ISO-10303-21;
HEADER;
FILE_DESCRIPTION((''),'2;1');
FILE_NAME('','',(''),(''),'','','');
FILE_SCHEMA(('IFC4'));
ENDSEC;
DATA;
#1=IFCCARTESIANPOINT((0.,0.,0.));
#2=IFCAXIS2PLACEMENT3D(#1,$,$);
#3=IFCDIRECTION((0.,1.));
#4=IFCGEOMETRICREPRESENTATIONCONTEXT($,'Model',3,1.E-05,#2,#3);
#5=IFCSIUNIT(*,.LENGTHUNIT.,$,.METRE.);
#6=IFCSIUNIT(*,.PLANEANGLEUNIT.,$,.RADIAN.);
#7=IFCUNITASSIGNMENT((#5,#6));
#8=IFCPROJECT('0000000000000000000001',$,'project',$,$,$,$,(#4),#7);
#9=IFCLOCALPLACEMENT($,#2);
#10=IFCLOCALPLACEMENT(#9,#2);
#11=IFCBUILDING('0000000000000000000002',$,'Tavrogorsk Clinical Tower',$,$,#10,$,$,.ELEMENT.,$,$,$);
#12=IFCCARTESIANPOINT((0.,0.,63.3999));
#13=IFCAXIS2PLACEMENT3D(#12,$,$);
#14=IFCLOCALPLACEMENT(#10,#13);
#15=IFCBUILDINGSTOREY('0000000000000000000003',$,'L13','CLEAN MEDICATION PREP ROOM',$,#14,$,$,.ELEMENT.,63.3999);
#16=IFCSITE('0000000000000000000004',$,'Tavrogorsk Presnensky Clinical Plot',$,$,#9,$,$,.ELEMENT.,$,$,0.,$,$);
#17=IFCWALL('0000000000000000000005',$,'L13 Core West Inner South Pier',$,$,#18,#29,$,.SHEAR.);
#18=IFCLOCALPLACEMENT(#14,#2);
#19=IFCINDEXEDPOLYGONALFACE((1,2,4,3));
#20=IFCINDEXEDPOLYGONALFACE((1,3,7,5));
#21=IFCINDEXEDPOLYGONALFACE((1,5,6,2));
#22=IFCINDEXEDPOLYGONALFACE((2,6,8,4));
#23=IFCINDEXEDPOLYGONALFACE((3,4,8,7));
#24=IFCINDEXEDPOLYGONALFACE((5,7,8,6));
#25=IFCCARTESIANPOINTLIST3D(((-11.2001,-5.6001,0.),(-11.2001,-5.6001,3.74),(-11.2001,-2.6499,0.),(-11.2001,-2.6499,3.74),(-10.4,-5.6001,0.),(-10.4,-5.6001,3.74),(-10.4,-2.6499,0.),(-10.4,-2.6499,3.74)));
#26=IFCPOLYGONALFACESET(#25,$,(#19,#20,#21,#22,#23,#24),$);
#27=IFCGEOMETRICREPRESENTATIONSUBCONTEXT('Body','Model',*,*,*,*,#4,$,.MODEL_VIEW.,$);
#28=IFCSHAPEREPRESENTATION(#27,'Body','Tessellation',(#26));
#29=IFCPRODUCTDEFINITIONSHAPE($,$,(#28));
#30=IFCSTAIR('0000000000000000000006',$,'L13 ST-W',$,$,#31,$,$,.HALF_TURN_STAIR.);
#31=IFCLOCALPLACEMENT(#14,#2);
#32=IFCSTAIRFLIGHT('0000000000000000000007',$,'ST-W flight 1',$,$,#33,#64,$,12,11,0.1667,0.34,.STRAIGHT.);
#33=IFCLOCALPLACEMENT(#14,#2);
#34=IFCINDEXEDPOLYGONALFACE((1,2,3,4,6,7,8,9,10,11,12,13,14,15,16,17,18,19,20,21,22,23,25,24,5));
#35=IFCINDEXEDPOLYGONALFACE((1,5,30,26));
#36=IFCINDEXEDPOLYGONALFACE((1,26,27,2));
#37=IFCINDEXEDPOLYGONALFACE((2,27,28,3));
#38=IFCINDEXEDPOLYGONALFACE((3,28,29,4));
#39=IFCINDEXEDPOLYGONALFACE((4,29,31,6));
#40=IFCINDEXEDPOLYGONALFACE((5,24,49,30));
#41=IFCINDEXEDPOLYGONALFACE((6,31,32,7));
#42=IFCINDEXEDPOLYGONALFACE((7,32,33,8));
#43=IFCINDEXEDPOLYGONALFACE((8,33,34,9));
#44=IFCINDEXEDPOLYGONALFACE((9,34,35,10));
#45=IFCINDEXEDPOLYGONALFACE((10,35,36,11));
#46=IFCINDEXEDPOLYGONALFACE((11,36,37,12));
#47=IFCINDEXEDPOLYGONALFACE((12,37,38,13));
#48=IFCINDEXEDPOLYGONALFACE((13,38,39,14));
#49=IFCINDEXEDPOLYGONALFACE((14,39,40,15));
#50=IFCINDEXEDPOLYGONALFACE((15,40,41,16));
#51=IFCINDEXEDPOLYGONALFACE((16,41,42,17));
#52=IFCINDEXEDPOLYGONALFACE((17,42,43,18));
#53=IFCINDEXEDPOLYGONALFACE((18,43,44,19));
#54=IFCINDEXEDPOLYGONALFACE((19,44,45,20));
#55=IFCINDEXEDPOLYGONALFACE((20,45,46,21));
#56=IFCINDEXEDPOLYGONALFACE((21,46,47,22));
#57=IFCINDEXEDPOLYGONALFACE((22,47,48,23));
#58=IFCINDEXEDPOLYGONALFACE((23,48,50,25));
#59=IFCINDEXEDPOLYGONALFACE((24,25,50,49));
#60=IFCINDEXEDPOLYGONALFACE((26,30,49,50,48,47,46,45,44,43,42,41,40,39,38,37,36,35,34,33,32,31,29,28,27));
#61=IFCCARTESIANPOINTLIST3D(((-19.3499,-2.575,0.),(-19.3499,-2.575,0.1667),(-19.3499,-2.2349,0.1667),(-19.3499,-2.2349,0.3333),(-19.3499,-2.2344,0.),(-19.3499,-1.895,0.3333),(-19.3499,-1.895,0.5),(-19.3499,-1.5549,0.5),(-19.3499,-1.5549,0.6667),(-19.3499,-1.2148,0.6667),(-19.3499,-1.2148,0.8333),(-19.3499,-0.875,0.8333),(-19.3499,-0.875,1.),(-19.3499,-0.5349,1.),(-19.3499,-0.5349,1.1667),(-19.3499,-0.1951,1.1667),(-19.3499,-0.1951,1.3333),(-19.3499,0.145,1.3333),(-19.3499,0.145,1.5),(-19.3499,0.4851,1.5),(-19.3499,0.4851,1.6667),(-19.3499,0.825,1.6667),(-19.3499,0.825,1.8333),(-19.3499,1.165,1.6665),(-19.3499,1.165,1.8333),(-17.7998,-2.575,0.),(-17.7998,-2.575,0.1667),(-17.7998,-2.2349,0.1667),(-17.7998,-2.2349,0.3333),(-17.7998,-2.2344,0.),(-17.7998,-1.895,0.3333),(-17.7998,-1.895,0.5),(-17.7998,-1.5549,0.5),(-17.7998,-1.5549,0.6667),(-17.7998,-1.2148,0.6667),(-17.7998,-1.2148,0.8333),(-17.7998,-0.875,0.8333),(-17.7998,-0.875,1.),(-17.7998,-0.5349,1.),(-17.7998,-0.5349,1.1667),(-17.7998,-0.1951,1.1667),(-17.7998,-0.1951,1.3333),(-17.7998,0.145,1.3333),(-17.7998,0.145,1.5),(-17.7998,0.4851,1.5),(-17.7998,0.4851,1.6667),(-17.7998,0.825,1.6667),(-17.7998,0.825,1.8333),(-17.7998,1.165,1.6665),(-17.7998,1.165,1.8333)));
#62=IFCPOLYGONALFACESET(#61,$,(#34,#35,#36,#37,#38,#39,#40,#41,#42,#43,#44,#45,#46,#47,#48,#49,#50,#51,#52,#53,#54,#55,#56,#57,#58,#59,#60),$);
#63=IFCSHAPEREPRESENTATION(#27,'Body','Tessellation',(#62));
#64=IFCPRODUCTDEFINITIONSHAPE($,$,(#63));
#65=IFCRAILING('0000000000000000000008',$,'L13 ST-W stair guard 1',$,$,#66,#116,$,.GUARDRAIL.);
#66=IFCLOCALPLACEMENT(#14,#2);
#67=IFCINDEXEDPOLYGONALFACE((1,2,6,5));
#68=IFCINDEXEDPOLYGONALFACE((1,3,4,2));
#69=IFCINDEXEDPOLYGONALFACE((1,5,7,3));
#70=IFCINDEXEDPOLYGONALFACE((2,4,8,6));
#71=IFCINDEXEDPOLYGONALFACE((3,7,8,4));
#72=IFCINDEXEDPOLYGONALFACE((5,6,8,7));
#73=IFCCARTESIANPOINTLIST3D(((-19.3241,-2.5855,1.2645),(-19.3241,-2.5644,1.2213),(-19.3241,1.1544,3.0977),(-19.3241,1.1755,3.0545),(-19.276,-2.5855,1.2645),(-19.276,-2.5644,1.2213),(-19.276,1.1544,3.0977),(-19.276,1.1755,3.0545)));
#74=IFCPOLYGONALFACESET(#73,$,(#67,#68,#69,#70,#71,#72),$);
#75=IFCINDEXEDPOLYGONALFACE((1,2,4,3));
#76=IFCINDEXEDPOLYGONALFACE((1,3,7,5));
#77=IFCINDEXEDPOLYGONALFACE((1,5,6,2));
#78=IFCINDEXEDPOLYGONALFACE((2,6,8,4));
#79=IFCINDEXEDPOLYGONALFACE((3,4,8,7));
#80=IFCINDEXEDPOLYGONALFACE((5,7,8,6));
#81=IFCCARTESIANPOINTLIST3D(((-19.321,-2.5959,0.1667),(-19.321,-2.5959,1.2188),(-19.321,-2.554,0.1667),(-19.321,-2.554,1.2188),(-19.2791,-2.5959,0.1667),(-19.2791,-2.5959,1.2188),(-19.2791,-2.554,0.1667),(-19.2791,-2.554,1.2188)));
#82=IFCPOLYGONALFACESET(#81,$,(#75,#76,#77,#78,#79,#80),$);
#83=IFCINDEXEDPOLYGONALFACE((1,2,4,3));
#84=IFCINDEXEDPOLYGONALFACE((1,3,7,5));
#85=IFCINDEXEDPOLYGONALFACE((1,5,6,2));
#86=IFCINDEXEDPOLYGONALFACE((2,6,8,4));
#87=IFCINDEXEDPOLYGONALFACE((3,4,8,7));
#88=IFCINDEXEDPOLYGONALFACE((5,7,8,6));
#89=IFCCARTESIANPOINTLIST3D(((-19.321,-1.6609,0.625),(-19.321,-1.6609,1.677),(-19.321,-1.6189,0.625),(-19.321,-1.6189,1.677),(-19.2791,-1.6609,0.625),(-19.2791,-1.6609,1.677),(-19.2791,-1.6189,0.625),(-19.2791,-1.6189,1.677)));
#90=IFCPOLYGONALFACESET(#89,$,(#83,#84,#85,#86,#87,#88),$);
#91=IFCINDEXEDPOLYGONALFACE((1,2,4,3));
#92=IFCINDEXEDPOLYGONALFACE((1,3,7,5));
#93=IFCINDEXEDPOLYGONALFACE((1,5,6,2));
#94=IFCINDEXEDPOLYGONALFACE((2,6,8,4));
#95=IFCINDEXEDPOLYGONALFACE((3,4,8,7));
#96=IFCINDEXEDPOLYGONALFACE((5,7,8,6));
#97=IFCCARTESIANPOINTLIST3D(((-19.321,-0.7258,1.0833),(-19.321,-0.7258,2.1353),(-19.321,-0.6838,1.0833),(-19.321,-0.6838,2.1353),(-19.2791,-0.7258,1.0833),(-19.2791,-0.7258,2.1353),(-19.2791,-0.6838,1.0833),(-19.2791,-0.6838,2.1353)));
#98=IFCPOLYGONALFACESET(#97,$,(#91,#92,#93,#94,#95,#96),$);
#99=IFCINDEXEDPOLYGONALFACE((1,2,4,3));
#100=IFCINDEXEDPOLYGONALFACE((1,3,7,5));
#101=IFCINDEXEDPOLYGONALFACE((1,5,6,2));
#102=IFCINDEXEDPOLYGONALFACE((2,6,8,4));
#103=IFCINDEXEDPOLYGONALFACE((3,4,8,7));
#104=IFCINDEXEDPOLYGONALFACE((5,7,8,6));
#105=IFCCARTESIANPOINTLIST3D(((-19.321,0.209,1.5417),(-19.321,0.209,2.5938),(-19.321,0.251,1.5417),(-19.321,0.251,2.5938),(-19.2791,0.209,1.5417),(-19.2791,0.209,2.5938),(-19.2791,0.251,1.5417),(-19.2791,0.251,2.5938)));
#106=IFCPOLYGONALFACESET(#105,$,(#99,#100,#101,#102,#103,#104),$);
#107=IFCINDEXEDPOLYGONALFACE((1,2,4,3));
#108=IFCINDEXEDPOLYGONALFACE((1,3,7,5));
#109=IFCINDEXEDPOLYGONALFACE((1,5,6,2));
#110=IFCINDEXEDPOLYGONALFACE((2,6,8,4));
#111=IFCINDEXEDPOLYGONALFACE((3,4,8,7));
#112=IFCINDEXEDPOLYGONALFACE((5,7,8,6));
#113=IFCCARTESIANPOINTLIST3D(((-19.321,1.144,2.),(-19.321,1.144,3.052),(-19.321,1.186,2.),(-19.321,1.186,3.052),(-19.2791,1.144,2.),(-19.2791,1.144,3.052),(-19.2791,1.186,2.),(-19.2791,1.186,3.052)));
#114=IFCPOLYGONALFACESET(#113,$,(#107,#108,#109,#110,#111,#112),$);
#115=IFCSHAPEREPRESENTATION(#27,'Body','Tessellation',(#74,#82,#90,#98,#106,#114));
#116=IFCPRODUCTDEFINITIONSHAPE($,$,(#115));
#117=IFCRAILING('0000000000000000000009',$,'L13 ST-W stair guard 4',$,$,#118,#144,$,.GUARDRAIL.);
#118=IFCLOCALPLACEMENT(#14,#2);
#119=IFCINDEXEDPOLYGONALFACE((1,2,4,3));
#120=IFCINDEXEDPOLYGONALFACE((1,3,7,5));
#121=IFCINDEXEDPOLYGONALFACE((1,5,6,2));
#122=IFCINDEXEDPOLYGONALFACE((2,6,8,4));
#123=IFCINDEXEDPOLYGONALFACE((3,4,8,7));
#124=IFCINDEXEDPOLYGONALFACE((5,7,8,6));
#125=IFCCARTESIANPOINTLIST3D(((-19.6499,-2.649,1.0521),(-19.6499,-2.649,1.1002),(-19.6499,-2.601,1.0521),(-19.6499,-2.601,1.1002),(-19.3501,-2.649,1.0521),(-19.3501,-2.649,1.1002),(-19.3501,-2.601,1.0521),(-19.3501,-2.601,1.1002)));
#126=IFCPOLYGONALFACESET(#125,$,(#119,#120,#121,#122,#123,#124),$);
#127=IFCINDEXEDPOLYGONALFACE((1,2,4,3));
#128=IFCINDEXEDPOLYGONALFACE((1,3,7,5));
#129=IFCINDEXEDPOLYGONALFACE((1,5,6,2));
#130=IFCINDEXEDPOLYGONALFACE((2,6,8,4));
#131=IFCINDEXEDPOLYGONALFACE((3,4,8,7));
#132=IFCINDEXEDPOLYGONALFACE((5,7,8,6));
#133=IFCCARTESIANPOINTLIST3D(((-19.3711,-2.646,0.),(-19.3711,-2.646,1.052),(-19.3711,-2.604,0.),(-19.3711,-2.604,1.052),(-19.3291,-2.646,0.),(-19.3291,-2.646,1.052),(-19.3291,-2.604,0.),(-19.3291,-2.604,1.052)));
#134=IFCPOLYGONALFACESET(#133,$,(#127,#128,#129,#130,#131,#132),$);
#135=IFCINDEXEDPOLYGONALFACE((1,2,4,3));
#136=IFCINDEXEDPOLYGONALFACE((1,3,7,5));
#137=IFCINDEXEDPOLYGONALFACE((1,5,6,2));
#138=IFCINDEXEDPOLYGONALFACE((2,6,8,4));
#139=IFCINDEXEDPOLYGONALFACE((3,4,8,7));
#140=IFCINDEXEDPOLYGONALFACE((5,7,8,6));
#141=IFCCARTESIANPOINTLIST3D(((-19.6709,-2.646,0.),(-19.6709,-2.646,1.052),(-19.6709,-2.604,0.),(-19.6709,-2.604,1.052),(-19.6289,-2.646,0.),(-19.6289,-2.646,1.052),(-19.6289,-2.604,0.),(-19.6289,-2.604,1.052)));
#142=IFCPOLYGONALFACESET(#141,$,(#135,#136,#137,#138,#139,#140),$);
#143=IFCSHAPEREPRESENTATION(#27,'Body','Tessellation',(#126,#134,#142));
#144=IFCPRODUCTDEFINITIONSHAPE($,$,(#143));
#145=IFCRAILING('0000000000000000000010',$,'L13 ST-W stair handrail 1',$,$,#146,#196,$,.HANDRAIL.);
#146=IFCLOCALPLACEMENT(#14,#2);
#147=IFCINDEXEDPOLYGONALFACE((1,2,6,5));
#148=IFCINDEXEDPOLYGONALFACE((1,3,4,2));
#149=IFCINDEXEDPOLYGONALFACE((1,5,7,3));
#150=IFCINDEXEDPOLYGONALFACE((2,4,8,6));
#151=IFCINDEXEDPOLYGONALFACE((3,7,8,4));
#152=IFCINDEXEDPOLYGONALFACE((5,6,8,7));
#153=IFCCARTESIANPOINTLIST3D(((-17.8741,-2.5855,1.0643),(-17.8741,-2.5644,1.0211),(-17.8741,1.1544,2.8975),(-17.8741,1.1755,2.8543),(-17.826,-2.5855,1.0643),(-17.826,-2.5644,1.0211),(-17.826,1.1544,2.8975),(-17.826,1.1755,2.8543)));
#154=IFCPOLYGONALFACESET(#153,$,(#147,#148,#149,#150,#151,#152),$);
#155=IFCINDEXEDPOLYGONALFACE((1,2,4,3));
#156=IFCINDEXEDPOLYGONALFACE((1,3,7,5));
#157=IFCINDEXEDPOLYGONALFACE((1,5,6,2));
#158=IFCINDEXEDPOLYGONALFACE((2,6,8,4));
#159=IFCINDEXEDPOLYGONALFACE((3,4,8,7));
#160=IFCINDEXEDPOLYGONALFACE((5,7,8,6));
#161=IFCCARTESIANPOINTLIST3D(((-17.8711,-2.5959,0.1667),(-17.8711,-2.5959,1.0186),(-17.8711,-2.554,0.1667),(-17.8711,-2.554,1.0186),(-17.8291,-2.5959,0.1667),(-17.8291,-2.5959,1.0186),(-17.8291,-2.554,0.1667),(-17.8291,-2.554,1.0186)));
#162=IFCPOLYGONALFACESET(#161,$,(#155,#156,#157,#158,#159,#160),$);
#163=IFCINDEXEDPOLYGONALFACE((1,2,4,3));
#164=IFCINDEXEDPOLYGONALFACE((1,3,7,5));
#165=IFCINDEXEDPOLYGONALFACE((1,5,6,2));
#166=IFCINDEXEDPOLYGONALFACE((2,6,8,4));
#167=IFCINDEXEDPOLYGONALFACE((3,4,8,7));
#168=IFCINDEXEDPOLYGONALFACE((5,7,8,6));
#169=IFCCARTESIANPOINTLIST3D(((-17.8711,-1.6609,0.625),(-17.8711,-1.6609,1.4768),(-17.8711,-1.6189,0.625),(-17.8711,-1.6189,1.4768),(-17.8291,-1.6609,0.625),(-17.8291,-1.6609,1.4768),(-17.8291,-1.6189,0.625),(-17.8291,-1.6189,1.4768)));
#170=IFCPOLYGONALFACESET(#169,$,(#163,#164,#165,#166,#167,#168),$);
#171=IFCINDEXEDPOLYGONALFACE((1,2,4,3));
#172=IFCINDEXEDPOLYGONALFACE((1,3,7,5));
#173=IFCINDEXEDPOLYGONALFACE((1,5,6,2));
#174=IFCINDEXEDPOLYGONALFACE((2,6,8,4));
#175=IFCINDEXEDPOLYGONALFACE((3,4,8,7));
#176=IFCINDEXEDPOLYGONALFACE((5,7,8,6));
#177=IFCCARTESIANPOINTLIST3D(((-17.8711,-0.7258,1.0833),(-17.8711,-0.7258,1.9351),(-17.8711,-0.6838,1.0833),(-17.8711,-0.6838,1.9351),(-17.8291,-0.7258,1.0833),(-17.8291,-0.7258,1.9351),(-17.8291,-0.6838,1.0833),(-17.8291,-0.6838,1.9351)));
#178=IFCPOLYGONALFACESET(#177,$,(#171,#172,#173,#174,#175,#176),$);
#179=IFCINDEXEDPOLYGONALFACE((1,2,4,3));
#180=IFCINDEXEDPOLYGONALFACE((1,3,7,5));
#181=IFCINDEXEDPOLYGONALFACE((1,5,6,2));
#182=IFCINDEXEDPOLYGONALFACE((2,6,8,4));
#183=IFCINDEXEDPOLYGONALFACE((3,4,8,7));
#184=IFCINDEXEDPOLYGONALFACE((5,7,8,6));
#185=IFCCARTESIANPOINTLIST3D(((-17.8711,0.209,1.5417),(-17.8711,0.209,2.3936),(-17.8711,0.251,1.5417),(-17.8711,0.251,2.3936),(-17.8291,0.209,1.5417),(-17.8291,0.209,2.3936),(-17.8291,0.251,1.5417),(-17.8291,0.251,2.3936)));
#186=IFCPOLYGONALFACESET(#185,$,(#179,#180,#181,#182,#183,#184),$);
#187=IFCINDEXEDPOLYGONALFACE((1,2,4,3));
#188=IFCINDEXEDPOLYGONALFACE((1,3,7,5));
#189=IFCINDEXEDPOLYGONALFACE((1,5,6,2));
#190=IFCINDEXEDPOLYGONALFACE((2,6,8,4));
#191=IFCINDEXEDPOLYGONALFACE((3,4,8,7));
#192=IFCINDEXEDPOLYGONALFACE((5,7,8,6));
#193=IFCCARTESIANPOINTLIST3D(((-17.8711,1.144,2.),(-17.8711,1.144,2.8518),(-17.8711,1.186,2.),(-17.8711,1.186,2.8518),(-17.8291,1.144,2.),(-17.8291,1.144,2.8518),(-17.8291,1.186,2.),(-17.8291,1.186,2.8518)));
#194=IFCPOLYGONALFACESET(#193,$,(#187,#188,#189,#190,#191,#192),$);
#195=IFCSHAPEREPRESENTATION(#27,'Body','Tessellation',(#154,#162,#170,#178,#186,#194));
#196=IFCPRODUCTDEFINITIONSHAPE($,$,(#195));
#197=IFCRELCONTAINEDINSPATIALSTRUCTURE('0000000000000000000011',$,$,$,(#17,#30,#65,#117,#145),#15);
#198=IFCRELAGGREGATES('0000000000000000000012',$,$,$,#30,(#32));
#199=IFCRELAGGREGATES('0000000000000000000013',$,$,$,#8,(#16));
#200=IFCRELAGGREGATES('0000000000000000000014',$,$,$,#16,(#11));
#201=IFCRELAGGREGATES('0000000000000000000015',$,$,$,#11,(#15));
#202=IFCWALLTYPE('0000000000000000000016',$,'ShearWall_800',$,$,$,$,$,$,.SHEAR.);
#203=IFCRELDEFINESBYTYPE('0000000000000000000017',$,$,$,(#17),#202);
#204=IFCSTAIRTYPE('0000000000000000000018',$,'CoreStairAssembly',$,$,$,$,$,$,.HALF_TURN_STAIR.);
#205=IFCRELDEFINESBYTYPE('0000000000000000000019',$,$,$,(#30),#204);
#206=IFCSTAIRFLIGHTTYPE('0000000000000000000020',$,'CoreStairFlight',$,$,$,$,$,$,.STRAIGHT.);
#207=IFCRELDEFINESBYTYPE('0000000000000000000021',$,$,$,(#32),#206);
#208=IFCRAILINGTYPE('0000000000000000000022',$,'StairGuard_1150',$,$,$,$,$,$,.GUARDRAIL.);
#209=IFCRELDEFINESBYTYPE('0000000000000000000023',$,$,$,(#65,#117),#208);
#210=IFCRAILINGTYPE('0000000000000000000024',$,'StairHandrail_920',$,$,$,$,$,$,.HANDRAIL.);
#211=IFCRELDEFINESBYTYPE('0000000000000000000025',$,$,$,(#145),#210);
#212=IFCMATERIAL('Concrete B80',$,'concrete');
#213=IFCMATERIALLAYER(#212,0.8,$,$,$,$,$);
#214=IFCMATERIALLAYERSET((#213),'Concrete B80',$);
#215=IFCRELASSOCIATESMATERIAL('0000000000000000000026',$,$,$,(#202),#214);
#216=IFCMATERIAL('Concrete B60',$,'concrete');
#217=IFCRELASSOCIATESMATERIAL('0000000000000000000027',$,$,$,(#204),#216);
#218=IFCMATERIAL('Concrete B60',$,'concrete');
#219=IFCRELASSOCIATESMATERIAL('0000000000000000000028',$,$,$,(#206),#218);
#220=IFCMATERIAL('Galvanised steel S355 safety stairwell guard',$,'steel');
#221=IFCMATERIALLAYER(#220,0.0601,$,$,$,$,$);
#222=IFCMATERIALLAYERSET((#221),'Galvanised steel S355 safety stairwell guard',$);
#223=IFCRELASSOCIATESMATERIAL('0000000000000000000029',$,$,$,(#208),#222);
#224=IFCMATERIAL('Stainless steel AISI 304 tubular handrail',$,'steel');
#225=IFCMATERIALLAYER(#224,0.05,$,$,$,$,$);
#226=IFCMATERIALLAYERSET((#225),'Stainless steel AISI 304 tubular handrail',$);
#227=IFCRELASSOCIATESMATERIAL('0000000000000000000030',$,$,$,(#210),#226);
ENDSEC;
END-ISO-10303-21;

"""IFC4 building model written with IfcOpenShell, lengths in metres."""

from ifc_helpers import new_model, si_unit, direction, frame, frame_2d, origin, origin_2d, place, context, subcontext, project, spatial, polyline, rectangle, outline, extrude, material, layer, layer_set, type_object, element, aggregate, save


model = new_model("IFC4")

# Units and contexts
model_context = context("Model", 3, precision=1e-05, world=origin(), true_north=direction((0.0, 1.0)))
body_context = subcontext(model_context, "Body", "Model", "MODEL_VIEW")
ifc_project = project(units=[si_unit("LENGTHUNIT", "METRE"), si_unit("PLANEANGLEUNIT", "RADIAN")], contexts=[model_context])

# Site, building, storey
site_placement = place(None, origin())
site = spatial("IfcSite", under=ifc_project, at=site_placement, Name="Tavrogorsk Presnensky Clinical Plot", CompositionType="ELEMENT", RefElevation=0.0)
building_placement = place(site_placement, origin())
building = spatial("IfcBuilding", under=site, at=building_placement, Name="Tavrogorsk Clinical Tower", CompositionType="ELEMENT")
storey_placement = place(building_placement, frame((0.0, 0.0, 63.3999)))
storey = spatial("IfcBuildingStorey", under=building, at=storey_placement, Name="L13", Description="CLEAN MEDICATION PREP ROOM", CompositionType="ELEMENT", Elevation=63.3999)

# Wall
ifc_material_1 = material(Name="Concrete B80", Category="concrete")
ifc_layer_1 = layer(ifc_material_1, 0.8)
ifc_layer_set_1 = layer_set([ifc_layer_1], Name="Concrete B80")
wall_type_1 = type_object("IfcWallType", Name="ShearWall_800", PredefinedType="SHEAR", material=ifc_layer_set_1)
wall_1_placement = place(storey_placement, frame((-10.8, -5.6001, 0.0), z_axis=(0.0, 0.0, 1.0), x_axis=(0.0, 1.0, 0.0)))
element("IfcWall", 1, at=wall_1_placement, inside=storey, type_object=wall_type_1, Name="L13 Core West Inner South Pier", PredefinedType="SHEAR", context=body_context, shape_type="SweptSolid", body=[
    extrude(rectangle(XDim=2.9502, YDim=0.8, at=frame_2d((1.4751, 0.0))), origin(), (0.0, 0.0, 1.0), 3.74),
])

# Stair, stair flight
ifc_material_2 = material(Name="Concrete B60", Category="concrete")
stair_type = type_object("IfcStairType", Name="CoreStairAssembly", PredefinedType="HALF_TURN_STAIR", material=ifc_material_2)
stair_placement = place(storey_placement, origin())
stair = element("IfcStair", 2, at=stair_placement, inside=storey, type_object=stair_type, Name="L13 ST-W", PredefinedType="HALF_TURN_STAIR")
ifc_material_3 = material(Name="Concrete B60", Category="concrete")
stair_flight_type = type_object("IfcStairFlightType", Name="CoreStairFlight", PredefinedType="STRAIGHT", material=ifc_material_3)
stair_flight_placement = place(storey_placement, frame((-18.575, -2.575, 0.0), z_axis=(0.0, 0.0, 1.0), x_axis=(0.0, 1.0, 0.0)))
stair_flight = element("IfcStairFlight", 3, at=stair_flight_placement, type_object=stair_flight_type, Name="ST-W flight 1", NumberOfRisers=12, NumberOfTreads=11, PredefinedType="STRAIGHT", RiserHeight=0.1667, TreadLength=0.34, context=body_context, shape_type="SweptSolid", body=[
    extrude(outline(polyline([(0.0, 0.0), (0.0, 0.1667), (0.3401, 0.1667), (0.3401, 0.3333), (0.6799, 0.3333), (0.6799, 0.5), (1.02, 0.5), (1.02, 0.6667), (1.3601, 0.6667), (1.3601, 0.8333), (1.7, 0.8333), (1.7, 1.0), (2.04, 1.0), (2.04, 1.1667), (2.3799, 1.1667), (2.3799, 1.3333), (2.72, 1.3333), (2.72, 1.5), (3.0601, 1.5), (3.0601, 1.6667), (3.3999, 1.6667), (3.3999, 1.8333), (3.74, 1.8333), (3.74, 2.0), (3.74, 1.6665), (0.3406, 0.0), (0.0, 0.0)])), frame((0.0, 0.7749, 0.0), z_axis=(0.0, -1.0, 0.0), x_axis=(1.0, 0.0, 0.0)), (0.0, 0.0, 1.0), 1.55),
])
aggregate(stair, [stair_flight])

# Railings
ifc_material_4 = material(Name="Galvanised steel S355 safety stairwell guard", Category="steel")
ifc_layer_2 = layer(ifc_material_4, 0.0601)
ifc_layer_set_2 = layer_set([ifc_layer_2], Name="Galvanised steel S355 safety stairwell guard")
railing_type_1 = type_object("IfcRailingType", Name="StairGuard_1150", PredefinedType="GUARDRAIL", material=ifc_layer_set_2)
railing_1_placement = place(storey_placement, frame((-19.3, -2.575, 0.1667)))
element("IfcRailing", 4, at=railing_1_placement, inside=storey, type_object=railing_type_1, Name="L13 ST-W stair guard 1", PredefinedType="GUARDRAIL", context=body_context, shape_type="SweptSolid", body=[
    extrude(rectangle(XDim=0.0481, YDim=0.0481, at=origin_2d()), frame((0.0, 0.0, 1.0762), z_axis=(0.0, 0.897928, 0.440142), x_axis=(-1.0, 0.0, 0.0)), (0.0, 0.0, 1.0), 4.165),
    extrude(rectangle(XDim=0.042, YDim=0.042, at=origin_2d()), origin(), (0.0, 0.0, 1.0), 1.052),
    extrude(rectangle(XDim=0.042, YDim=0.042, at=origin_2d()), frame((0.0, 0.9351, 0.4583)), (0.0, 0.0, 1.0), 1.052),
    extrude(rectangle(XDim=0.042, YDim=0.042, at=origin_2d()), frame((0.0, 1.8701, 0.9165)), (0.0, 0.0, 1.0), 1.052),
    extrude(rectangle(XDim=0.042, YDim=0.042, at=origin_2d()), frame((0.0, 2.8049, 1.375)), (0.0, 0.0, 1.0), 1.052),
    extrude(rectangle(XDim=0.042, YDim=0.042, at=origin_2d()), frame((0.0, 3.74, 1.8333)), (0.0, 0.0, 1.0), 1.052),
])
railing_2_placement = place(storey_placement, frame((-19.3501, -2.625, 0.0)))
element("IfcRailing", 5, at=railing_2_placement, inside=storey, type_object=railing_type_1, Name="L13 ST-W stair guard 4", PredefinedType="GUARDRAIL", context=body_context, shape_type="SweptSolid", body=[
    extrude(rectangle(XDim=0.0481, YDim=0.0481, at=origin_2d()), frame((0.0, 0.0, 1.0762), z_axis=(-1.0, 0.0, 0.0), x_axis=(0.0, -1.0, 0.0)), (0.0, 0.0, 1.0), 0.2998),
    extrude(rectangle(XDim=0.042, YDim=0.042, at=origin_2d()), origin(), (0.0, 0.0, 1.0), 1.052),
    extrude(rectangle(XDim=0.042, YDim=0.042, at=origin_2d()), frame((-0.2998, 0.0, 0.0)), (0.0, 0.0, 1.0), 1.052),
])
ifc_material_5 = material(Name="Stainless steel AISI 304 tubular handrail", Category="steel")
ifc_layer_3 = layer(ifc_material_5, 0.05)
ifc_layer_set_3 = layer_set([ifc_layer_3], Name="Stainless steel AISI 304 tubular handrail")
railing_type_2 = type_object("IfcRailingType", Name="StairHandrail_920", PredefinedType="HANDRAIL", material=ifc_layer_set_3)
railing_3_placement = place(storey_placement, frame((-17.8501, -2.575, 0.1667)))
element("IfcRailing", 6, at=railing_3_placement, inside=storey, type_object=railing_type_2, Name="L13 ST-W stair handrail 1", PredefinedType="HANDRAIL", context=body_context, shape_type="SweptSolid", body=[
    extrude(rectangle(XDim=0.0481, YDim=0.0481, at=origin_2d()), frame((0.0, 0.0, 0.876), z_axis=(0.0, 0.897928, 0.440142), x_axis=(-1.0, 0.0, 0.0)), (0.0, 0.0, 1.0), 4.165),
    extrude(rectangle(XDim=0.042, YDim=0.042, at=origin_2d()), origin(), (0.0, 0.0, 1.0), 0.8518),
    extrude(rectangle(XDim=0.042, YDim=0.042, at=origin_2d()), frame((0.0, 0.9351, 0.4583)), (0.0, 0.0, 1.0), 0.8518),
    extrude(rectangle(XDim=0.042, YDim=0.042, at=origin_2d()), frame((0.0, 1.8701, 0.9165)), (0.0, 0.0, 1.0), 0.8518),
    extrude(rectangle(XDim=0.042, YDim=0.042, at=origin_2d()), frame((0.0, 2.8049, 1.375)), (0.0, 0.0, 1.0), 0.8518),
    extrude(rectangle(XDim=0.042, YDim=0.042, at=origin_2d()), frame((0.0, 3.74, 1.8333)), (0.0, 0.0, 1.0), 0.8518),
])

save(model, "model.ifc")
